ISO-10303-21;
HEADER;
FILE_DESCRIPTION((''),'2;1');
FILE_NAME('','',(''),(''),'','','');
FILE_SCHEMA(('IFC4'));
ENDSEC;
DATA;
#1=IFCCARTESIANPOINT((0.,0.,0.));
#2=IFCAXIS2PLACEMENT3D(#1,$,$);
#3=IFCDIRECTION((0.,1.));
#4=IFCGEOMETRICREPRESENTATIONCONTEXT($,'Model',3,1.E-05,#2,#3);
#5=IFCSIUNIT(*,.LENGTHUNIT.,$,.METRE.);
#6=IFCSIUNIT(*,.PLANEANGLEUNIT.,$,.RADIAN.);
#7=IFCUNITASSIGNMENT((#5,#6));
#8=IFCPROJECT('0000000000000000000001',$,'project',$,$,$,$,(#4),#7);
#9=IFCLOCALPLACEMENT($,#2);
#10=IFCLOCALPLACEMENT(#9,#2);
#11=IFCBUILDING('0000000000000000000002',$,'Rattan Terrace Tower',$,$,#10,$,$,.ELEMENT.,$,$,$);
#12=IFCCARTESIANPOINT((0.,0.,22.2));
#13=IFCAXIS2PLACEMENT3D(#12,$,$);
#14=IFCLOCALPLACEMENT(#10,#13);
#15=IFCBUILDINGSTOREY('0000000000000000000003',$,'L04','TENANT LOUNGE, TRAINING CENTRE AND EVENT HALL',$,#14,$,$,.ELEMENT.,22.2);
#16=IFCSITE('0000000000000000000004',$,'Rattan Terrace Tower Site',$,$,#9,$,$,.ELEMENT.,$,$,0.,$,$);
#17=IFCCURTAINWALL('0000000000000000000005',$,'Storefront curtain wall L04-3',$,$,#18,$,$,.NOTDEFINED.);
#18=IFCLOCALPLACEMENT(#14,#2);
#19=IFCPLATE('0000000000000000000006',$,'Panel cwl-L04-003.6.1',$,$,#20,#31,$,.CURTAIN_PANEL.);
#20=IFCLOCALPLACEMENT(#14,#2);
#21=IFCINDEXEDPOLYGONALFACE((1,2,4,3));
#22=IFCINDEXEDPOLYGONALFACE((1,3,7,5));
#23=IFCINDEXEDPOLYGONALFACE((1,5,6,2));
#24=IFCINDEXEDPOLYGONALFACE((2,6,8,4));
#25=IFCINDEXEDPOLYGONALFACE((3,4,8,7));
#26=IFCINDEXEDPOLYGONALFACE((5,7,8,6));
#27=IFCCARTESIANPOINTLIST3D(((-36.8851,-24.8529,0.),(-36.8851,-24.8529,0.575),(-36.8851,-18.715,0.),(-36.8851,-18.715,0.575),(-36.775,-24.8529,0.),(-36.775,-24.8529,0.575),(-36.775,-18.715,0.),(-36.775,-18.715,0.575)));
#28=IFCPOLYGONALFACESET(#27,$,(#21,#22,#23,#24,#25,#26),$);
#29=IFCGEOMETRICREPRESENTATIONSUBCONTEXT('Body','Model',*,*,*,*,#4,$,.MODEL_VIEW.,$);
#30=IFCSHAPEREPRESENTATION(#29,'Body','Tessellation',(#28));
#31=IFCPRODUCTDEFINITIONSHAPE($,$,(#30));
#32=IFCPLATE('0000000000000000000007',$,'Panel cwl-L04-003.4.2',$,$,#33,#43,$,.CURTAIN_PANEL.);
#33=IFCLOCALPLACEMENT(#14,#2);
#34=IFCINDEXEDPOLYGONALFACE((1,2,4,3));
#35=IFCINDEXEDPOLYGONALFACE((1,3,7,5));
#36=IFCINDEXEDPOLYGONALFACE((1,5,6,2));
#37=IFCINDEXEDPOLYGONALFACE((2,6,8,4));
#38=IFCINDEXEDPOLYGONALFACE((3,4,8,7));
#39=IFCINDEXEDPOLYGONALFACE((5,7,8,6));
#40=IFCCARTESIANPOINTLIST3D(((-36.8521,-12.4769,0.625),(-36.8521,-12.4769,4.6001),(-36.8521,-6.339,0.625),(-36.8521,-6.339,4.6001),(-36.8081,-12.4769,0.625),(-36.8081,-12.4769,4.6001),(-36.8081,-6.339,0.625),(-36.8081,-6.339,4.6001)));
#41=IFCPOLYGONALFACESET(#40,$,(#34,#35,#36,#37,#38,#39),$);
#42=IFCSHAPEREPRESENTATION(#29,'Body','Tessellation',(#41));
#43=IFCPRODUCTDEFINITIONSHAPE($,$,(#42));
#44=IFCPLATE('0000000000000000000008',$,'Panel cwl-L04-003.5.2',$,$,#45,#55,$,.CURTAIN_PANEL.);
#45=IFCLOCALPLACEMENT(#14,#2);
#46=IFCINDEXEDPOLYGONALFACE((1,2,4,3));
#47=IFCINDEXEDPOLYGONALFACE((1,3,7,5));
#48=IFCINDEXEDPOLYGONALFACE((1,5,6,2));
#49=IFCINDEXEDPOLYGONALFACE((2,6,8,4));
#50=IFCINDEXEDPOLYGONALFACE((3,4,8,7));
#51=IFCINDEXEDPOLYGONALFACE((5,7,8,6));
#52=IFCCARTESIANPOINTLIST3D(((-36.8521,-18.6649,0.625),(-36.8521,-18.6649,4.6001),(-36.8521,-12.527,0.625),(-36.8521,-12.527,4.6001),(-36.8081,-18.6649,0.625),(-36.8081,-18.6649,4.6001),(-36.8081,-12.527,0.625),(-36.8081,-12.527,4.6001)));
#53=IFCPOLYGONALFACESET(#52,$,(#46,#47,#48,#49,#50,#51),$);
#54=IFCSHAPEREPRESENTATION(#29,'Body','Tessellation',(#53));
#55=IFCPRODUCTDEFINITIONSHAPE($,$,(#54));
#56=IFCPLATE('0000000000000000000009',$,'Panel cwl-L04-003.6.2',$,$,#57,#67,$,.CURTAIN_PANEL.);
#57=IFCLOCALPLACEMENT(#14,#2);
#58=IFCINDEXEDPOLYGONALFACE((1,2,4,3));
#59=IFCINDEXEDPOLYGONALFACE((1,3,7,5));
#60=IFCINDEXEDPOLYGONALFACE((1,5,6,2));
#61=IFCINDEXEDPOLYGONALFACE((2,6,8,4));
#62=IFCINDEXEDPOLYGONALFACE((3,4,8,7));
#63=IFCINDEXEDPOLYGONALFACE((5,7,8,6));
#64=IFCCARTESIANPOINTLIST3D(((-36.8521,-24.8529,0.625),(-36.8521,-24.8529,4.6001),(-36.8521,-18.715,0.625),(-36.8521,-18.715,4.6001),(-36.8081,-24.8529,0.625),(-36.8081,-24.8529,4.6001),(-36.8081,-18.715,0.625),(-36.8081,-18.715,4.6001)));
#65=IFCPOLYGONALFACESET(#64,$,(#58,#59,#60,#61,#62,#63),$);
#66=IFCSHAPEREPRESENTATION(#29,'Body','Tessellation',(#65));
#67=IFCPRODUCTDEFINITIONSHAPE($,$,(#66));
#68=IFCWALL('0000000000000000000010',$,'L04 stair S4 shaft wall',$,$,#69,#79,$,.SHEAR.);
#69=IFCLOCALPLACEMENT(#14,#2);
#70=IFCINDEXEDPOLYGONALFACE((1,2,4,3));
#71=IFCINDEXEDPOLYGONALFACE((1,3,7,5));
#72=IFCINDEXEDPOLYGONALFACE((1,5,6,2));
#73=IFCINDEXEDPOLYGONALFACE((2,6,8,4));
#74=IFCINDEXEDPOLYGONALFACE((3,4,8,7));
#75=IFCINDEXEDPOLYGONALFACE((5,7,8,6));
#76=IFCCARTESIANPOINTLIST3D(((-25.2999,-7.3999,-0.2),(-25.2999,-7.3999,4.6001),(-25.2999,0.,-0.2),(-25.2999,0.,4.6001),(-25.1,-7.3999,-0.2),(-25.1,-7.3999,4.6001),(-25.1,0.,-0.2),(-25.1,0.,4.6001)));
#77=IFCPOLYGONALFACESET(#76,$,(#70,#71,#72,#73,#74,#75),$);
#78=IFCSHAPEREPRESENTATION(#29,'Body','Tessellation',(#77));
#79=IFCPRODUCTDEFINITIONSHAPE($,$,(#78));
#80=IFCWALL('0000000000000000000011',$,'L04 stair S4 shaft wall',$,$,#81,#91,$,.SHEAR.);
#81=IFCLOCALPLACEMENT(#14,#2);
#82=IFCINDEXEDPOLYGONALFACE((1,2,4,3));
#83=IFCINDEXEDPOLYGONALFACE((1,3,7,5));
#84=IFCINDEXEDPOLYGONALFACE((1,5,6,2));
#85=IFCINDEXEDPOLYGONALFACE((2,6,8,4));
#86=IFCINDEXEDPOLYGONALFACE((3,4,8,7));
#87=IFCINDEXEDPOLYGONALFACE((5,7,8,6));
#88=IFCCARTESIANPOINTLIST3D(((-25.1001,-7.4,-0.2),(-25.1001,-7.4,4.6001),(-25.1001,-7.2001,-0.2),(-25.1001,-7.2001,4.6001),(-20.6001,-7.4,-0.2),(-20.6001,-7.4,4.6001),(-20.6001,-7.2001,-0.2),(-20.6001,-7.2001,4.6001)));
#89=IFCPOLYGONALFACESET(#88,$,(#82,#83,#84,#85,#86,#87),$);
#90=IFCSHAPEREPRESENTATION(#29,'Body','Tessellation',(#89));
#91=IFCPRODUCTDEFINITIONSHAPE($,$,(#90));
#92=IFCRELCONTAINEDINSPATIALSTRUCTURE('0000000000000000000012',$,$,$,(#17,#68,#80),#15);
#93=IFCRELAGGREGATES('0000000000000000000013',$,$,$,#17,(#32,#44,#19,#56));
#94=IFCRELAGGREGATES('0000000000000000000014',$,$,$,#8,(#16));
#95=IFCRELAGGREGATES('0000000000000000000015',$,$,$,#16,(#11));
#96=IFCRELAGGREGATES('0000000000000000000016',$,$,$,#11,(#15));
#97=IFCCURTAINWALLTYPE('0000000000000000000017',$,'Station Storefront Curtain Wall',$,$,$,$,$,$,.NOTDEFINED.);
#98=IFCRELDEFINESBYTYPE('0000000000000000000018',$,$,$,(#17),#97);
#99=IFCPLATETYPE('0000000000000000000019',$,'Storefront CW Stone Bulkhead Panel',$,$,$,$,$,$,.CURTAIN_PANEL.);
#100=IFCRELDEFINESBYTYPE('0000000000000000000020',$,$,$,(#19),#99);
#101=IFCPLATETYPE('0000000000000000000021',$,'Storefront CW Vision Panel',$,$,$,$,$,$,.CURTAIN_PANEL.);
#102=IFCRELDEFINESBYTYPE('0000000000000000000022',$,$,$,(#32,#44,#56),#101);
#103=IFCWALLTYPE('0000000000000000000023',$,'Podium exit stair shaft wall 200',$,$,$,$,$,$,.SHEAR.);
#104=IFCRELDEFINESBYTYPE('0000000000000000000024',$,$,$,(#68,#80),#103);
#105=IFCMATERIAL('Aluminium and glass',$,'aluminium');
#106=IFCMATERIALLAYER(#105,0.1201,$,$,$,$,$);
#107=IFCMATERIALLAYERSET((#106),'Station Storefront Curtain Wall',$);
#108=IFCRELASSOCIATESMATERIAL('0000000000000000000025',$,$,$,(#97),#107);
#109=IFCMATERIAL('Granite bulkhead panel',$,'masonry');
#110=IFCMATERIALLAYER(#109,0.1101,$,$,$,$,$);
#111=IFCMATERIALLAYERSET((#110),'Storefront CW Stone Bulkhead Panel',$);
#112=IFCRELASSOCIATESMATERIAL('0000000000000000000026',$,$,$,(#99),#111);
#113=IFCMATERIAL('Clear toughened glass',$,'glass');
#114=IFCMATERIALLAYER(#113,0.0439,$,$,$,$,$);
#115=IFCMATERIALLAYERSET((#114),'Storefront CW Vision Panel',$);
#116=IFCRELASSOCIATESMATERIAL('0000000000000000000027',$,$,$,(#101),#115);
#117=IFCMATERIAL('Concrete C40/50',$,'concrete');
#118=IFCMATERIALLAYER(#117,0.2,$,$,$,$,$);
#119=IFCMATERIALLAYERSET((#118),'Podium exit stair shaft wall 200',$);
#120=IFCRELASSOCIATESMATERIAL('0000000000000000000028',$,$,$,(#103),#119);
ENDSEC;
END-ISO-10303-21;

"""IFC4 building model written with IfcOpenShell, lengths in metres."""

from ifc_helpers import new_model, si_unit, direction, frame, frame_2d, origin, origin_2d, place, context, subcontext, project, spatial, rectangle, extrude, material, layer, layer_set, type_object, element, aggregate, save


model = new_model("IFC4")

# Units and contexts
model_context = context("Model", 3, precision=1e-05, world=origin(), true_north=direction((0.0, 1.0)))
body_context = subcontext(model_context, "Body", "Model", "MODEL_VIEW")
ifc_project = project(units=[si_unit("LENGTHUNIT", "METRE"), si_unit("PLANEANGLEUNIT", "RADIAN")], contexts=[model_context])

# Site, building, storey
site_placement = place(None, origin())
site = spatial("IfcSite", under=ifc_project, at=site_placement, Name="Rattan Terrace Tower Site", CompositionType="ELEMENT", RefElevation=0.0)
building_placement = place(site_placement, origin())
building = spatial("IfcBuilding", under=site, at=building_placement, Name="Rattan Terrace Tower", CompositionType="ELEMENT")
storey_placement = place(building_placement, frame((0.0, 0.0, 22.2)))
storey = spatial("IfcBuildingStorey", under=building, at=storey_placement, Name="L04", Description="TENANT LOUNGE, TRAINING CENTRE AND EVENT HALL", CompositionType="ELEMENT", Elevation=22.2)

# Curtain wall, plates
ifc_material_1 = material(Name="Aluminium and glass", Category="aluminium")
ifc_layer_1 = layer(ifc_material_1, 0.1201)
ifc_layer_set_1 = layer_set([ifc_layer_1], Name="Station Storefront Curtain Wall")
curtain_wall_type = type_object("IfcCurtainWallType", Name="Station Storefront Curtain Wall", PredefinedType="NOTDEFINED", material=ifc_layer_set_1)
curtain_wall_placement = place(storey_placement, origin())
curtain_wall = element("IfcCurtainWall", 1, at=curtain_wall_placement, inside=storey, type_object=curtain_wall_type, Name="Storefront curtain wall L04-3", PredefinedType="NOTDEFINED")
ifc_material_2 = material(Name="Granite bulkhead panel", Category="masonry")
ifc_layer_2 = layer(ifc_material_2, 0.1101)
ifc_layer_set_2 = layer_set([ifc_layer_2], Name="Storefront CW Stone Bulkhead Panel")
plate_type_1 = type_object("IfcPlateType", Name="Storefront CW Stone Bulkhead Panel", PredefinedType="CURTAIN_PANEL", material=ifc_layer_set_2)
plate_1_placement = place(storey_placement, frame((-36.8301, -21.7839, 0.0), z_axis=(0.0, 0.0, 1.0), x_axis=(0.0, -1.0, 0.0)))
plate_1 = element("IfcPlate", 2, at=plate_1_placement, type_object=plate_type_1, Name="Panel cwl-L04-003.6.1", PredefinedType="CURTAIN_PANEL", context=body_context, shape_type="SweptSolid", body=[
    extrude(rectangle(XDim=6.1379, YDim=0.1101, at=origin_2d()), origin(), (0.0, 0.0, 1.0), 0.575),
])
ifc_material_3 = material(Name="Clear toughened glass", Category="glass")
ifc_layer_3 = layer(ifc_material_3, 0.0439)
ifc_layer_set_3 = layer_set([ifc_layer_3], Name="Storefront CW Vision Panel")
plate_type_2 = type_object("IfcPlateType", Name="Storefront CW Vision Panel", PredefinedType="CURTAIN_PANEL", material=ifc_layer_set_3)
plate_2_placement = place(storey_placement, frame((-36.8301, -9.408, 0.625), z_axis=(0.0, 0.0, 1.0), x_axis=(0.0, -1.0, 0.0)))
plate_2 = element("IfcPlate", 3, at=plate_2_placement, type_object=plate_type_2, Name="Panel cwl-L04-003.4.2", PredefinedType="CURTAIN_PANEL", context=body_context, shape_type="SweptSolid", body=[
    extrude(rectangle(XDim=6.1379, YDim=0.0439, at=origin_2d()), origin(), (0.0, 0.0, 1.0), 3.9751),
])
plate_3_placement = place(storey_placement, frame((-36.8301, -15.5959, 0.625), z_axis=(0.0, 0.0, 1.0), x_axis=(0.0, -1.0, 0.0)))
plate_3 = element("IfcPlate", 4, at=plate_3_placement, type_object=plate_type_2, Name="Panel cwl-L04-003.5.2", PredefinedType="CURTAIN_PANEL", context=body_context, shape_type="SweptSolid", body=[
    extrude(rectangle(XDim=6.1379, YDim=0.0439, at=origin_2d()), origin(), (0.0, 0.0, 1.0), 3.9751),
])
plate_4_placement = place(storey_placement, frame((-36.8301, -21.7839, 0.625), z_axis=(0.0, 0.0, 1.0), x_axis=(0.0, -1.0, 0.0)))
plate_4 = element("IfcPlate", 5, at=plate_4_placement, type_object=plate_type_2, Name="Panel cwl-L04-003.6.2", PredefinedType="CURTAIN_PANEL", context=body_context, shape_type="SweptSolid", body=[
    extrude(rectangle(XDim=6.1379, YDim=0.0439, at=origin_2d()), origin(), (0.0, 0.0, 1.0), 3.9751),
])
aggregate(curtain_wall, [plate_2, plate_3, plate_1, plate_4])

# Walls
ifc_material_4 = material(Name="Concrete C40/50", Category="concrete")
ifc_layer_4 = layer(ifc_material_4, 0.2)
ifc_layer_set_4 = layer_set([ifc_layer_4], Name="Podium exit stair shaft wall 200")
wall_type = type_object("IfcWallType", Name="Podium exit stair shaft wall 200", PredefinedType="SHEAR", material=ifc_layer_set_4)
wall_1_placement = place(storey_placement, frame((-25.2, -7.3999, -0.2), z_axis=(0.0, 0.0, 1.0), x_axis=(0.0, 1.0, 0.0)))
element("IfcWall", 6, at=wall_1_placement, inside=storey, type_object=wall_type, Name="L04 stair S4 shaft wall", PredefinedType="SHEAR", context=body_context, shape_type="SweptSolid", body=[
    extrude(rectangle(XDim=7.3999, YDim=0.2, at=frame_2d((3.7, 0.0))), origin(), (0.0, 0.0, 1.0), 4.8),
])
wall_2_placement = place(storey_placement, frame((-25.1001, -7.3, -0.2), z_axis=(0.0, 0.0, 1.0), x_axis=(1.0, 0.0, 0.0)))
element("IfcWall", 7, at=wall_2_placement, inside=storey, type_object=wall_type, Name="L04 stair S4 shaft wall", PredefinedType="SHEAR", context=body_context, shape_type="SweptSolid", body=[
    extrude(rectangle(XDim=4.5, YDim=0.2, at=frame_2d((2.25, 0.0))), origin(), (0.0, 0.0, 1.0), 4.8),
])

save(model, "model.ifc")
